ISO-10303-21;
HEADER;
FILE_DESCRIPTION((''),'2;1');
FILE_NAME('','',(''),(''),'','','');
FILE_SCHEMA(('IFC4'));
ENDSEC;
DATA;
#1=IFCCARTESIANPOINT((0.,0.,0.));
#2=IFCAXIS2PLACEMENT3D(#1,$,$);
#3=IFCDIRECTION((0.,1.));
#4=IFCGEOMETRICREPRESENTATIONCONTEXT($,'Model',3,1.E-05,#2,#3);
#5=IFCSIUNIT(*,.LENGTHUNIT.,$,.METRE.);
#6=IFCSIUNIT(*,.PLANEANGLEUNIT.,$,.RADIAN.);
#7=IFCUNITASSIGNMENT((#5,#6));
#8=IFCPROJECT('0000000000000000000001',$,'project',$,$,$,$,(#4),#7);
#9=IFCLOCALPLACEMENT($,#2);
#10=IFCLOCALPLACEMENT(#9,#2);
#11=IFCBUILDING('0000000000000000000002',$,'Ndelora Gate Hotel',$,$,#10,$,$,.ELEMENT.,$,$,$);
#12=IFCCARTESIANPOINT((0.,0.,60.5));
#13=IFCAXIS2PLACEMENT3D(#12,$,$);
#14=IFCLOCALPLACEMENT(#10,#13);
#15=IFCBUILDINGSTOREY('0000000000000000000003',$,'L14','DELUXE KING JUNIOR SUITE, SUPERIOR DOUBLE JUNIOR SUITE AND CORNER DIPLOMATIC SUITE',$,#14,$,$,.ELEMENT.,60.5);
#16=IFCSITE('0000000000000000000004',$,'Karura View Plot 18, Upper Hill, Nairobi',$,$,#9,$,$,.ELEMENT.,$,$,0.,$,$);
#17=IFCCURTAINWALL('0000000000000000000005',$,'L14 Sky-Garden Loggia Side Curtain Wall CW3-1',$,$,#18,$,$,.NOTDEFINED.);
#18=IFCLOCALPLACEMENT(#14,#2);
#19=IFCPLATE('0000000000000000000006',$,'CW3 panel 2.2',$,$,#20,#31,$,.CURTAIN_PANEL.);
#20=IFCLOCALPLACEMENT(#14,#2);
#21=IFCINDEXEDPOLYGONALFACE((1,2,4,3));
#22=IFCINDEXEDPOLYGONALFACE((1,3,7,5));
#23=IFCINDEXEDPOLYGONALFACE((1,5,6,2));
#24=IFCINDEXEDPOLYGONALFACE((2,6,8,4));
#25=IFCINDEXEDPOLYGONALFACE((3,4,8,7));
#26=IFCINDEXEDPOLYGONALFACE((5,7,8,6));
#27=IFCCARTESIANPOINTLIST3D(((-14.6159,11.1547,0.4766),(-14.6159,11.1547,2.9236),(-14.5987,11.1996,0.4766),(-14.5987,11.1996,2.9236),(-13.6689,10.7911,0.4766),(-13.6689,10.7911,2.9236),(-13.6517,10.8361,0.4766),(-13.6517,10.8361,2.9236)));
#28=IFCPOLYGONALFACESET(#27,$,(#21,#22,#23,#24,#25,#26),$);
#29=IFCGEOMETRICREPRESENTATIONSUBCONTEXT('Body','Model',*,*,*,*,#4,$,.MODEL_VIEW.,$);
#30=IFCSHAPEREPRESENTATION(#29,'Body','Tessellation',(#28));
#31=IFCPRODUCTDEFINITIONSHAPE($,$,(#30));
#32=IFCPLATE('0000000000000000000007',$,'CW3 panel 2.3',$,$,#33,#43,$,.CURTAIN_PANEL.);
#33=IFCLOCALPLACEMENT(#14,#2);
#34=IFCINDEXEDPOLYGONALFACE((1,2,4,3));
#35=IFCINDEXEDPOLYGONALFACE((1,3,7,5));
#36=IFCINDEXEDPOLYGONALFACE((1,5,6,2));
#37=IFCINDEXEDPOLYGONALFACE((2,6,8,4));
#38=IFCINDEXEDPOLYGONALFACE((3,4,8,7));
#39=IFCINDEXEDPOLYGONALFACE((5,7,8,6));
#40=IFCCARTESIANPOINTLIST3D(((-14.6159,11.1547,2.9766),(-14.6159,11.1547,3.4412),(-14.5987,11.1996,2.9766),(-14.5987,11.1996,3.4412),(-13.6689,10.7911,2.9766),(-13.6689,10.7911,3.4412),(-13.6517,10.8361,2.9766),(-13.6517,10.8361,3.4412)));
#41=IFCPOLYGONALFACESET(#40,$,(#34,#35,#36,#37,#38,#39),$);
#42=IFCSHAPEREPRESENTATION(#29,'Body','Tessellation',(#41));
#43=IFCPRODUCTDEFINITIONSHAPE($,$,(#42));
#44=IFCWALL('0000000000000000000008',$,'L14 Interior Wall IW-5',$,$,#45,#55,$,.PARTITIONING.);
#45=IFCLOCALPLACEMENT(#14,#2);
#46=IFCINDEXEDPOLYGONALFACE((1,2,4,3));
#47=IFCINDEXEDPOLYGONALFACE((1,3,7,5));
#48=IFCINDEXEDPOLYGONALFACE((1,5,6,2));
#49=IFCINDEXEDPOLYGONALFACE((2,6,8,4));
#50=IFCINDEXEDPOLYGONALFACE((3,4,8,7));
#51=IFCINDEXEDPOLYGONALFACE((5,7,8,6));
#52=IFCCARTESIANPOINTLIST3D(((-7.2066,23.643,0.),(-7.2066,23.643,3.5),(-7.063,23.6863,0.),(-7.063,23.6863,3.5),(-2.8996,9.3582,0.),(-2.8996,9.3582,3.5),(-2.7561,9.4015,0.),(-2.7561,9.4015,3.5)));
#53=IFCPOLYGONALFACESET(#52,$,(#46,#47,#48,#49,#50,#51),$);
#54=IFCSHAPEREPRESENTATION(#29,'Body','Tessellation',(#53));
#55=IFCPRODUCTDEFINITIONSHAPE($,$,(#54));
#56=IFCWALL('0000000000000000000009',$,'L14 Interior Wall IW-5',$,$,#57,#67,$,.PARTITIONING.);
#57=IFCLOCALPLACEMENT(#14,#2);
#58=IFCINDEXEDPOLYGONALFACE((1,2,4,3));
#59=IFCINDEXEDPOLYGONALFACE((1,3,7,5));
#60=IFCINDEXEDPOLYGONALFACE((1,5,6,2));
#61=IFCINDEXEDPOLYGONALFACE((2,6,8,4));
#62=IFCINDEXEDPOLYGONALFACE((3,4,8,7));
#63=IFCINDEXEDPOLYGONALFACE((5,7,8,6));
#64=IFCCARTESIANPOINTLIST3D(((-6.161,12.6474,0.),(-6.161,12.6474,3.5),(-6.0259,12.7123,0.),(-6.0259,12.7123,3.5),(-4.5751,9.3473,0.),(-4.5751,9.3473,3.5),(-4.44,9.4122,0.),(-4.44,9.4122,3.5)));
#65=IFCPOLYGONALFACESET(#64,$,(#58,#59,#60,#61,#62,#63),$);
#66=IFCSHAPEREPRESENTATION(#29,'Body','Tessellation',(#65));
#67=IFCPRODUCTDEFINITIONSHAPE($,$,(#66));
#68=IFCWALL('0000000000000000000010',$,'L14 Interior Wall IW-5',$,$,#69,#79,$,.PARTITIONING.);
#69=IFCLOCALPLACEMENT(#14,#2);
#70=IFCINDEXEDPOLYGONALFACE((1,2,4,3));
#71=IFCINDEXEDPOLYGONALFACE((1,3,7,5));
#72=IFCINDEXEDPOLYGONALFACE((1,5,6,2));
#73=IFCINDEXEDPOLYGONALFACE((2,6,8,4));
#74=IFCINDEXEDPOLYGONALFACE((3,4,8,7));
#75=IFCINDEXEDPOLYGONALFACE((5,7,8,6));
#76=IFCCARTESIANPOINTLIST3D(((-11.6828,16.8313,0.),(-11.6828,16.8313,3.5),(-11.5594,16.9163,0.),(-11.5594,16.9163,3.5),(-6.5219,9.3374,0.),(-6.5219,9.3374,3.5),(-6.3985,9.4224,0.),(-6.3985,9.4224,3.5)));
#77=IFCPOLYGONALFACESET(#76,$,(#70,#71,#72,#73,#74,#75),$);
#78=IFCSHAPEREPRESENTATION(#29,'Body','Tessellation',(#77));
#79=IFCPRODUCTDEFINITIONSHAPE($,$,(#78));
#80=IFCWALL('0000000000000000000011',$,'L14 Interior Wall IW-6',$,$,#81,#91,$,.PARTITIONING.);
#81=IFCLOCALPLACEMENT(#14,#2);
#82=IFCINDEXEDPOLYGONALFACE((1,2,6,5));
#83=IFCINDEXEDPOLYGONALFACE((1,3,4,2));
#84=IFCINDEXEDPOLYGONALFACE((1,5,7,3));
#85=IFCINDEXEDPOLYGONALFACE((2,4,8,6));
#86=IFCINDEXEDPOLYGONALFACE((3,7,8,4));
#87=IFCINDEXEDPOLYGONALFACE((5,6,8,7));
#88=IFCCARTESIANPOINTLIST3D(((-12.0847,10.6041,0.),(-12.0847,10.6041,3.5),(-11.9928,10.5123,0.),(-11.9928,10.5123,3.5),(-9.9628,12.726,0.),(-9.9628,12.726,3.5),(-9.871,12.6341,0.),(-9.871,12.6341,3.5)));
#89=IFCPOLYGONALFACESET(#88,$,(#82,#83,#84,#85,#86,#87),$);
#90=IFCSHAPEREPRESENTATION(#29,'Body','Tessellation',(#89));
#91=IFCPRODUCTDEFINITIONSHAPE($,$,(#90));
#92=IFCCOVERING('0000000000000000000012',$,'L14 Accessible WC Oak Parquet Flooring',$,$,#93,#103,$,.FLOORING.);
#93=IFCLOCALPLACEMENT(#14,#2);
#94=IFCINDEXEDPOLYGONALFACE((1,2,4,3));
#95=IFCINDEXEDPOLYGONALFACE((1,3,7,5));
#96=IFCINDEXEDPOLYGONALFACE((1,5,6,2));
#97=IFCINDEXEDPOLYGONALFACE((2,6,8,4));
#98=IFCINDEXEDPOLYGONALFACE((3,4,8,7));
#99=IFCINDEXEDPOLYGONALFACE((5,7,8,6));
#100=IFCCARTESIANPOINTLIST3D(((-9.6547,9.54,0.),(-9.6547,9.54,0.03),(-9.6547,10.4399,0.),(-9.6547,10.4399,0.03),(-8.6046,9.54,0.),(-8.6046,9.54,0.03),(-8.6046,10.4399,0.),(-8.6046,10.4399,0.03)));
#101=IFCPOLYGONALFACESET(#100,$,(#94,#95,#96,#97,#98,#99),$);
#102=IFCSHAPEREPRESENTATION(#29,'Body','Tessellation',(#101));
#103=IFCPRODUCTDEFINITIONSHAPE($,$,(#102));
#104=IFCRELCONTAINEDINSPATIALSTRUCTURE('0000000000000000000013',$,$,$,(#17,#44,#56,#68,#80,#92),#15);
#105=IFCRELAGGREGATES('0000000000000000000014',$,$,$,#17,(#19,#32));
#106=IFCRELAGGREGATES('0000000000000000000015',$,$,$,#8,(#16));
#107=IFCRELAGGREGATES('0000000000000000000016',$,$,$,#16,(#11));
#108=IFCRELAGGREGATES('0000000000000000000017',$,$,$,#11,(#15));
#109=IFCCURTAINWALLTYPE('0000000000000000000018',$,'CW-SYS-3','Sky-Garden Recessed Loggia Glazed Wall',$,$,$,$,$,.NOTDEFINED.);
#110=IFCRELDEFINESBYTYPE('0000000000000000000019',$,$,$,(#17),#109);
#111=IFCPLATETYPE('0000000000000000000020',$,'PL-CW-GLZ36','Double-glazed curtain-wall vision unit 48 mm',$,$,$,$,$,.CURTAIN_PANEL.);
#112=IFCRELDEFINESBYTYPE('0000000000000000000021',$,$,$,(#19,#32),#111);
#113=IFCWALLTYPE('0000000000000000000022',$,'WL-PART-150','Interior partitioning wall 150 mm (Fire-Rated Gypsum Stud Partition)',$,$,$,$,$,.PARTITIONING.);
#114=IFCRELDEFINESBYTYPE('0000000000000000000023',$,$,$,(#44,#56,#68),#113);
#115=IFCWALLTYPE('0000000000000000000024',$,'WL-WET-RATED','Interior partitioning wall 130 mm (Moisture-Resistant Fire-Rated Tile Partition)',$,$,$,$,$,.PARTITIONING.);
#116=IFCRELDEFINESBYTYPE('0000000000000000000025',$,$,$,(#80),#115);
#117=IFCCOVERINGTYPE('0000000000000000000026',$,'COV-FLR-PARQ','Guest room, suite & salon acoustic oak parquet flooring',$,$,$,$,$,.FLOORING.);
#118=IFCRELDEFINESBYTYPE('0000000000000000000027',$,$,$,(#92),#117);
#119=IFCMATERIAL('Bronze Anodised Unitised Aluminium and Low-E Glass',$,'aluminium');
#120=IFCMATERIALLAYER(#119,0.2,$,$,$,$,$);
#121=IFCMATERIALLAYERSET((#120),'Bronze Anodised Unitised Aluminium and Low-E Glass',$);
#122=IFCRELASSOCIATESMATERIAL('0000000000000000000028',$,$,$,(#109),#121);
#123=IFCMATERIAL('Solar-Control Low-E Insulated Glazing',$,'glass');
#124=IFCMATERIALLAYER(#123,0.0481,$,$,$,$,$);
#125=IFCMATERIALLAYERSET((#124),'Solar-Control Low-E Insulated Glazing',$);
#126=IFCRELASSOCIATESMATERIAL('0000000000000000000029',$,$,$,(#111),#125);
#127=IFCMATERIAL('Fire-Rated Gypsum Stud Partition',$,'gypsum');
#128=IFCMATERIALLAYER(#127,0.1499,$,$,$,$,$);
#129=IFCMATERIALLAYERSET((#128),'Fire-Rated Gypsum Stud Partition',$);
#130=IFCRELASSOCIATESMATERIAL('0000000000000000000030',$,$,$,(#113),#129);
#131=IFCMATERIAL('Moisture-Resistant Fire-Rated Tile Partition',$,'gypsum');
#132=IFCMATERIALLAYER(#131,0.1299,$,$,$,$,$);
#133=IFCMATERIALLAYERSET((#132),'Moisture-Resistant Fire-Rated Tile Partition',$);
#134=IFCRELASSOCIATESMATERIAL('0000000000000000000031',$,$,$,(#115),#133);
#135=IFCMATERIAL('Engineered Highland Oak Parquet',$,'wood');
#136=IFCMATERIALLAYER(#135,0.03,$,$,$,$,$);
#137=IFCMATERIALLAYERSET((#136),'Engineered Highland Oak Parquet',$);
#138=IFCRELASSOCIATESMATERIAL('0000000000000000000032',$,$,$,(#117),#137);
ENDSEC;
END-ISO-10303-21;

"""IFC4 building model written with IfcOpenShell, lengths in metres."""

from ifc_helpers import new_model, si_unit, direction, frame, frame_2d, origin, origin_2d, place, context, subcontext, project, spatial, rectangle, extrude, material, layer, layer_set, type_object, element, aggregate, save


model = new_model("IFC4")

# Units and contexts
model_context = context("Model", 3, precision=1e-05, world=origin(), true_north=direction((0.0, 1.0)))
body_context = subcontext(model_context, "Body", "Model", "MODEL_VIEW")
ifc_project = project(units=[si_unit("LENGTHUNIT", "METRE"), si_unit("PLANEANGLEUNIT", "RADIAN")], contexts=[model_context])

# Site, building, storey
site_placement = place(None, origin())
site = spatial("IfcSite", under=ifc_project, at=site_placement, Name="Karura View Plot 18, Upper Hill, Nairobi", CompositionType="ELEMENT", RefElevation=0.0)
building_placement = place(site_placement, origin())
building = spatial("IfcBuilding", under=site, at=building_placement, Name="Ndelora Gate Hotel", CompositionType="ELEMENT")
storey_placement = place(building_placement, frame((0.0, 0.0, 60.5)))
storey = spatial("IfcBuildingStorey", under=building, at=storey_placement, Name="L14", Description="DELUXE KING JUNIOR SUITE, SUPERIOR DOUBLE JUNIOR SUITE AND CORNER DIPLOMATIC SUITE", CompositionType="ELEMENT", Elevation=60.5)

# Curtain wall, plates
ifc_material_1 = material(Name="Bronze Anodised Unitised Aluminium and Low-E Glass", Category="aluminium")
ifc_layer_1 = layer(ifc_material_1, 0.2)
ifc_layer_set_1 = layer_set([ifc_layer_1], Name="Bronze Anodised Unitised Aluminium and Low-E Glass")
curtain_wall_type = type_object("IfcCurtainWallType", Name="CW-SYS-3", Description="Sky-Garden Recessed Loggia Glazed Wall", PredefinedType="NOTDEFINED", material=ifc_layer_set_1)
curtain_wall_placement = place(storey_placement, origin())
curtain_wall = element("IfcCurtainWall", 1, at=curtain_wall_placement, inside=storey, type_object=curtain_wall_type, Name="L14 Sky-Garden Loggia Side Curtain Wall CW3-1", PredefinedType="NOTDEFINED")
ifc_material_2 = material(Name="Solar-Control Low-E Insulated Glazing", Category="glass")
ifc_layer_2 = layer(ifc_material_2, 0.0481)
ifc_layer_set_2 = layer_set([ifc_layer_2], Name="Solar-Control Low-E Insulated Glazing")
plate_type = type_object("IfcPlateType", Name="PL-CW-GLZ36", Description="Double-glazed curtain-wall vision unit 48 mm", PredefinedType="CURTAIN_PANEL", material=ifc_layer_set_2)
plate_1_placement = place(storey_placement, frame((-14.1338, 10.9954, 0.4766), z_axis=(0.0, 0.0, 1.0), x_axis=(-0.933583, 0.358361, 0.0)))
plate_1 = element("IfcPlate", 2, at=plate_1_placement, type_object=plate_type, Name="CW3 panel 2.2", PredefinedType="CURTAIN_PANEL", context=body_context, shape_type="SweptSolid", body=[
    extrude(rectangle(XDim=1.0144, YDim=0.0481, at=origin_2d()), origin(), (0.0, 0.0, 1.0), 2.447),
])
plate_2_placement = place(storey_placement, frame((-14.1338, 10.9954, 2.9766), z_axis=(0.0, 0.0, 1.0), x_axis=(-0.933583, 0.358361, 0.0)))
plate_2 = element("IfcPlate", 3, at=plate_2_placement, type_object=plate_type, Name="CW3 panel 2.3", PredefinedType="CURTAIN_PANEL", context=body_context, shape_type="SweptSolid", body=[
    extrude(rectangle(XDim=1.0144, YDim=0.0481, at=origin_2d()), origin(), (0.0, 0.0, 1.0), 0.4646),
])
aggregate(curtain_wall, [plate_1, plate_2])

# Walls
ifc_material_3 = material(Name="Fire-Rated Gypsum Stud Partition", Category="gypsum")
ifc_layer_3 = layer(ifc_material_3, 0.1499)
ifc_layer_set_3 = layer_set([ifc_layer_3], Name="Fire-Rated Gypsum Stud Partition")
wall_type_1 = type_object("IfcWallType", Name="WL-PART-150", Description="Interior partitioning wall 150 mm (Fire-Rated Gypsum Stud Partition)", PredefinedType="PARTITIONING", material=ifc_layer_set_3)
wall_1_placement = place(storey_placement, frame((-2.8279, 9.3799, 0.0), z_axis=(0.0, 0.0, 1.0), x_axis=(-0.288669, 0.957429, 0.0)))
element("IfcWall", 4, at=wall_1_placement, inside=storey, type_object=wall_type_1, Name="L14 Interior Wall IW-5", PredefinedType="PARTITIONING", context=body_context, shape_type="SweptSolid", body=[
    extrude(rectangle(XDim=14.9199, YDim=0.1499, at=frame_2d((7.46, 0.0))), origin(), (0.0, 0.0, 1.0), 3.5),
])
wall_2_placement = place(storey_placement, frame((-4.5076, 9.3799, 0.0), z_axis=(0.0, 0.0, 1.0), x_axis=(-0.433156, 0.901319, 0.0)))
element("IfcWall", 5, at=wall_2_placement, inside=storey, type_object=wall_type_1, Name="L14 Interior Wall IW-5", PredefinedType="PARTITIONING", context=body_context, shape_type="SweptSolid", body=[
    extrude(rectangle(XDim=3.6614, YDim=0.1499, at=frame_2d((1.8306, 0.0))), origin(), (0.0, 0.0, 1.0), 3.5),
])
wall_3_placement = place(storey_placement, frame((-6.4602, 9.3799, 0.0), z_axis=(0.0, 0.0, 1.0), x_axis=(-0.567188, 0.823588, 0.0)))
element("IfcWall", 6, at=wall_3_placement, inside=storey, type_object=wall_type_1, Name="L14 Interior Wall IW-5", PredefinedType="PARTITIONING", context=body_context, shape_type="SweptSolid", body=[
    extrude(rectangle(XDim=9.0991, YDim=0.1499, at=frame_2d((4.5496, 0.0))), origin(), (0.0, 0.0, 1.0), 3.5),
])
ifc_material_4 = material(Name="Moisture-Resistant Fire-Rated Tile Partition", Category="gypsum")
ifc_layer_4 = layer(ifc_material_4, 0.1299)
ifc_layer_set_4 = layer_set([ifc_layer_4], Name="Moisture-Resistant Fire-Rated Tile Partition")
wall_type_2 = type_object("IfcWallType", Name="WL-WET-RATED", Description="Interior partitioning wall 130 mm (Moisture-Resistant Fire-Rated Tile Partition)", PredefinedType="PARTITIONING", material=ifc_layer_set_4)
wall_4_placement = place(storey_placement, frame((-12.0388, 10.5581, 0.0), z_axis=(0.0, 0.0, 1.0), x_axis=(0.707107, 0.707107, 0.0)))
element("IfcWall", 7, at=wall_4_placement, inside=storey, type_object=wall_type_2, Name="L14 Interior Wall IW-6", PredefinedType="PARTITIONING", context=body_context, shape_type="SweptSolid", body=[
    extrude(rectangle(XDim=3.0007, YDim=0.1299, at=frame_2d((1.5005, 0.0))), origin(), (0.0, 0.0, 1.0), 3.5),
])

# Covering
ifc_material_5 = material(Name="Engineered Highland Oak Parquet", Category="wood")
ifc_layer_5 = layer(ifc_material_5, 0.03)
ifc_layer_set_5 = layer_set([ifc_layer_5], Name="Engineered Highland Oak Parquet")
covering_type = type_object("IfcCoveringType", Name="COV-FLR-PARQ", Description="Guest room, suite & salon acoustic oak parquet flooring", PredefinedType="FLOORING", material=ifc_layer_set_5)
covering_placement = place(storey_placement, frame((-9.1296, 9.99, 0.0), z_axis=(0.0, 0.0, 1.0), x_axis=(1.0, 0.0, 0.0)))
element("IfcCovering", 8, at=covering_placement, inside=storey, type_object=covering_type, Name="L14 Accessible WC Oak Parquet Flooring", PredefinedType="FLOORING", context=body_context, shape_type="SweptSolid", body=[
    extrude(rectangle(XDim=1.05, YDim=0.8999, at=origin_2d()), origin(), (0.0, 0.0, 1.0), 0.03),
])

save(model, "model.ifc")
